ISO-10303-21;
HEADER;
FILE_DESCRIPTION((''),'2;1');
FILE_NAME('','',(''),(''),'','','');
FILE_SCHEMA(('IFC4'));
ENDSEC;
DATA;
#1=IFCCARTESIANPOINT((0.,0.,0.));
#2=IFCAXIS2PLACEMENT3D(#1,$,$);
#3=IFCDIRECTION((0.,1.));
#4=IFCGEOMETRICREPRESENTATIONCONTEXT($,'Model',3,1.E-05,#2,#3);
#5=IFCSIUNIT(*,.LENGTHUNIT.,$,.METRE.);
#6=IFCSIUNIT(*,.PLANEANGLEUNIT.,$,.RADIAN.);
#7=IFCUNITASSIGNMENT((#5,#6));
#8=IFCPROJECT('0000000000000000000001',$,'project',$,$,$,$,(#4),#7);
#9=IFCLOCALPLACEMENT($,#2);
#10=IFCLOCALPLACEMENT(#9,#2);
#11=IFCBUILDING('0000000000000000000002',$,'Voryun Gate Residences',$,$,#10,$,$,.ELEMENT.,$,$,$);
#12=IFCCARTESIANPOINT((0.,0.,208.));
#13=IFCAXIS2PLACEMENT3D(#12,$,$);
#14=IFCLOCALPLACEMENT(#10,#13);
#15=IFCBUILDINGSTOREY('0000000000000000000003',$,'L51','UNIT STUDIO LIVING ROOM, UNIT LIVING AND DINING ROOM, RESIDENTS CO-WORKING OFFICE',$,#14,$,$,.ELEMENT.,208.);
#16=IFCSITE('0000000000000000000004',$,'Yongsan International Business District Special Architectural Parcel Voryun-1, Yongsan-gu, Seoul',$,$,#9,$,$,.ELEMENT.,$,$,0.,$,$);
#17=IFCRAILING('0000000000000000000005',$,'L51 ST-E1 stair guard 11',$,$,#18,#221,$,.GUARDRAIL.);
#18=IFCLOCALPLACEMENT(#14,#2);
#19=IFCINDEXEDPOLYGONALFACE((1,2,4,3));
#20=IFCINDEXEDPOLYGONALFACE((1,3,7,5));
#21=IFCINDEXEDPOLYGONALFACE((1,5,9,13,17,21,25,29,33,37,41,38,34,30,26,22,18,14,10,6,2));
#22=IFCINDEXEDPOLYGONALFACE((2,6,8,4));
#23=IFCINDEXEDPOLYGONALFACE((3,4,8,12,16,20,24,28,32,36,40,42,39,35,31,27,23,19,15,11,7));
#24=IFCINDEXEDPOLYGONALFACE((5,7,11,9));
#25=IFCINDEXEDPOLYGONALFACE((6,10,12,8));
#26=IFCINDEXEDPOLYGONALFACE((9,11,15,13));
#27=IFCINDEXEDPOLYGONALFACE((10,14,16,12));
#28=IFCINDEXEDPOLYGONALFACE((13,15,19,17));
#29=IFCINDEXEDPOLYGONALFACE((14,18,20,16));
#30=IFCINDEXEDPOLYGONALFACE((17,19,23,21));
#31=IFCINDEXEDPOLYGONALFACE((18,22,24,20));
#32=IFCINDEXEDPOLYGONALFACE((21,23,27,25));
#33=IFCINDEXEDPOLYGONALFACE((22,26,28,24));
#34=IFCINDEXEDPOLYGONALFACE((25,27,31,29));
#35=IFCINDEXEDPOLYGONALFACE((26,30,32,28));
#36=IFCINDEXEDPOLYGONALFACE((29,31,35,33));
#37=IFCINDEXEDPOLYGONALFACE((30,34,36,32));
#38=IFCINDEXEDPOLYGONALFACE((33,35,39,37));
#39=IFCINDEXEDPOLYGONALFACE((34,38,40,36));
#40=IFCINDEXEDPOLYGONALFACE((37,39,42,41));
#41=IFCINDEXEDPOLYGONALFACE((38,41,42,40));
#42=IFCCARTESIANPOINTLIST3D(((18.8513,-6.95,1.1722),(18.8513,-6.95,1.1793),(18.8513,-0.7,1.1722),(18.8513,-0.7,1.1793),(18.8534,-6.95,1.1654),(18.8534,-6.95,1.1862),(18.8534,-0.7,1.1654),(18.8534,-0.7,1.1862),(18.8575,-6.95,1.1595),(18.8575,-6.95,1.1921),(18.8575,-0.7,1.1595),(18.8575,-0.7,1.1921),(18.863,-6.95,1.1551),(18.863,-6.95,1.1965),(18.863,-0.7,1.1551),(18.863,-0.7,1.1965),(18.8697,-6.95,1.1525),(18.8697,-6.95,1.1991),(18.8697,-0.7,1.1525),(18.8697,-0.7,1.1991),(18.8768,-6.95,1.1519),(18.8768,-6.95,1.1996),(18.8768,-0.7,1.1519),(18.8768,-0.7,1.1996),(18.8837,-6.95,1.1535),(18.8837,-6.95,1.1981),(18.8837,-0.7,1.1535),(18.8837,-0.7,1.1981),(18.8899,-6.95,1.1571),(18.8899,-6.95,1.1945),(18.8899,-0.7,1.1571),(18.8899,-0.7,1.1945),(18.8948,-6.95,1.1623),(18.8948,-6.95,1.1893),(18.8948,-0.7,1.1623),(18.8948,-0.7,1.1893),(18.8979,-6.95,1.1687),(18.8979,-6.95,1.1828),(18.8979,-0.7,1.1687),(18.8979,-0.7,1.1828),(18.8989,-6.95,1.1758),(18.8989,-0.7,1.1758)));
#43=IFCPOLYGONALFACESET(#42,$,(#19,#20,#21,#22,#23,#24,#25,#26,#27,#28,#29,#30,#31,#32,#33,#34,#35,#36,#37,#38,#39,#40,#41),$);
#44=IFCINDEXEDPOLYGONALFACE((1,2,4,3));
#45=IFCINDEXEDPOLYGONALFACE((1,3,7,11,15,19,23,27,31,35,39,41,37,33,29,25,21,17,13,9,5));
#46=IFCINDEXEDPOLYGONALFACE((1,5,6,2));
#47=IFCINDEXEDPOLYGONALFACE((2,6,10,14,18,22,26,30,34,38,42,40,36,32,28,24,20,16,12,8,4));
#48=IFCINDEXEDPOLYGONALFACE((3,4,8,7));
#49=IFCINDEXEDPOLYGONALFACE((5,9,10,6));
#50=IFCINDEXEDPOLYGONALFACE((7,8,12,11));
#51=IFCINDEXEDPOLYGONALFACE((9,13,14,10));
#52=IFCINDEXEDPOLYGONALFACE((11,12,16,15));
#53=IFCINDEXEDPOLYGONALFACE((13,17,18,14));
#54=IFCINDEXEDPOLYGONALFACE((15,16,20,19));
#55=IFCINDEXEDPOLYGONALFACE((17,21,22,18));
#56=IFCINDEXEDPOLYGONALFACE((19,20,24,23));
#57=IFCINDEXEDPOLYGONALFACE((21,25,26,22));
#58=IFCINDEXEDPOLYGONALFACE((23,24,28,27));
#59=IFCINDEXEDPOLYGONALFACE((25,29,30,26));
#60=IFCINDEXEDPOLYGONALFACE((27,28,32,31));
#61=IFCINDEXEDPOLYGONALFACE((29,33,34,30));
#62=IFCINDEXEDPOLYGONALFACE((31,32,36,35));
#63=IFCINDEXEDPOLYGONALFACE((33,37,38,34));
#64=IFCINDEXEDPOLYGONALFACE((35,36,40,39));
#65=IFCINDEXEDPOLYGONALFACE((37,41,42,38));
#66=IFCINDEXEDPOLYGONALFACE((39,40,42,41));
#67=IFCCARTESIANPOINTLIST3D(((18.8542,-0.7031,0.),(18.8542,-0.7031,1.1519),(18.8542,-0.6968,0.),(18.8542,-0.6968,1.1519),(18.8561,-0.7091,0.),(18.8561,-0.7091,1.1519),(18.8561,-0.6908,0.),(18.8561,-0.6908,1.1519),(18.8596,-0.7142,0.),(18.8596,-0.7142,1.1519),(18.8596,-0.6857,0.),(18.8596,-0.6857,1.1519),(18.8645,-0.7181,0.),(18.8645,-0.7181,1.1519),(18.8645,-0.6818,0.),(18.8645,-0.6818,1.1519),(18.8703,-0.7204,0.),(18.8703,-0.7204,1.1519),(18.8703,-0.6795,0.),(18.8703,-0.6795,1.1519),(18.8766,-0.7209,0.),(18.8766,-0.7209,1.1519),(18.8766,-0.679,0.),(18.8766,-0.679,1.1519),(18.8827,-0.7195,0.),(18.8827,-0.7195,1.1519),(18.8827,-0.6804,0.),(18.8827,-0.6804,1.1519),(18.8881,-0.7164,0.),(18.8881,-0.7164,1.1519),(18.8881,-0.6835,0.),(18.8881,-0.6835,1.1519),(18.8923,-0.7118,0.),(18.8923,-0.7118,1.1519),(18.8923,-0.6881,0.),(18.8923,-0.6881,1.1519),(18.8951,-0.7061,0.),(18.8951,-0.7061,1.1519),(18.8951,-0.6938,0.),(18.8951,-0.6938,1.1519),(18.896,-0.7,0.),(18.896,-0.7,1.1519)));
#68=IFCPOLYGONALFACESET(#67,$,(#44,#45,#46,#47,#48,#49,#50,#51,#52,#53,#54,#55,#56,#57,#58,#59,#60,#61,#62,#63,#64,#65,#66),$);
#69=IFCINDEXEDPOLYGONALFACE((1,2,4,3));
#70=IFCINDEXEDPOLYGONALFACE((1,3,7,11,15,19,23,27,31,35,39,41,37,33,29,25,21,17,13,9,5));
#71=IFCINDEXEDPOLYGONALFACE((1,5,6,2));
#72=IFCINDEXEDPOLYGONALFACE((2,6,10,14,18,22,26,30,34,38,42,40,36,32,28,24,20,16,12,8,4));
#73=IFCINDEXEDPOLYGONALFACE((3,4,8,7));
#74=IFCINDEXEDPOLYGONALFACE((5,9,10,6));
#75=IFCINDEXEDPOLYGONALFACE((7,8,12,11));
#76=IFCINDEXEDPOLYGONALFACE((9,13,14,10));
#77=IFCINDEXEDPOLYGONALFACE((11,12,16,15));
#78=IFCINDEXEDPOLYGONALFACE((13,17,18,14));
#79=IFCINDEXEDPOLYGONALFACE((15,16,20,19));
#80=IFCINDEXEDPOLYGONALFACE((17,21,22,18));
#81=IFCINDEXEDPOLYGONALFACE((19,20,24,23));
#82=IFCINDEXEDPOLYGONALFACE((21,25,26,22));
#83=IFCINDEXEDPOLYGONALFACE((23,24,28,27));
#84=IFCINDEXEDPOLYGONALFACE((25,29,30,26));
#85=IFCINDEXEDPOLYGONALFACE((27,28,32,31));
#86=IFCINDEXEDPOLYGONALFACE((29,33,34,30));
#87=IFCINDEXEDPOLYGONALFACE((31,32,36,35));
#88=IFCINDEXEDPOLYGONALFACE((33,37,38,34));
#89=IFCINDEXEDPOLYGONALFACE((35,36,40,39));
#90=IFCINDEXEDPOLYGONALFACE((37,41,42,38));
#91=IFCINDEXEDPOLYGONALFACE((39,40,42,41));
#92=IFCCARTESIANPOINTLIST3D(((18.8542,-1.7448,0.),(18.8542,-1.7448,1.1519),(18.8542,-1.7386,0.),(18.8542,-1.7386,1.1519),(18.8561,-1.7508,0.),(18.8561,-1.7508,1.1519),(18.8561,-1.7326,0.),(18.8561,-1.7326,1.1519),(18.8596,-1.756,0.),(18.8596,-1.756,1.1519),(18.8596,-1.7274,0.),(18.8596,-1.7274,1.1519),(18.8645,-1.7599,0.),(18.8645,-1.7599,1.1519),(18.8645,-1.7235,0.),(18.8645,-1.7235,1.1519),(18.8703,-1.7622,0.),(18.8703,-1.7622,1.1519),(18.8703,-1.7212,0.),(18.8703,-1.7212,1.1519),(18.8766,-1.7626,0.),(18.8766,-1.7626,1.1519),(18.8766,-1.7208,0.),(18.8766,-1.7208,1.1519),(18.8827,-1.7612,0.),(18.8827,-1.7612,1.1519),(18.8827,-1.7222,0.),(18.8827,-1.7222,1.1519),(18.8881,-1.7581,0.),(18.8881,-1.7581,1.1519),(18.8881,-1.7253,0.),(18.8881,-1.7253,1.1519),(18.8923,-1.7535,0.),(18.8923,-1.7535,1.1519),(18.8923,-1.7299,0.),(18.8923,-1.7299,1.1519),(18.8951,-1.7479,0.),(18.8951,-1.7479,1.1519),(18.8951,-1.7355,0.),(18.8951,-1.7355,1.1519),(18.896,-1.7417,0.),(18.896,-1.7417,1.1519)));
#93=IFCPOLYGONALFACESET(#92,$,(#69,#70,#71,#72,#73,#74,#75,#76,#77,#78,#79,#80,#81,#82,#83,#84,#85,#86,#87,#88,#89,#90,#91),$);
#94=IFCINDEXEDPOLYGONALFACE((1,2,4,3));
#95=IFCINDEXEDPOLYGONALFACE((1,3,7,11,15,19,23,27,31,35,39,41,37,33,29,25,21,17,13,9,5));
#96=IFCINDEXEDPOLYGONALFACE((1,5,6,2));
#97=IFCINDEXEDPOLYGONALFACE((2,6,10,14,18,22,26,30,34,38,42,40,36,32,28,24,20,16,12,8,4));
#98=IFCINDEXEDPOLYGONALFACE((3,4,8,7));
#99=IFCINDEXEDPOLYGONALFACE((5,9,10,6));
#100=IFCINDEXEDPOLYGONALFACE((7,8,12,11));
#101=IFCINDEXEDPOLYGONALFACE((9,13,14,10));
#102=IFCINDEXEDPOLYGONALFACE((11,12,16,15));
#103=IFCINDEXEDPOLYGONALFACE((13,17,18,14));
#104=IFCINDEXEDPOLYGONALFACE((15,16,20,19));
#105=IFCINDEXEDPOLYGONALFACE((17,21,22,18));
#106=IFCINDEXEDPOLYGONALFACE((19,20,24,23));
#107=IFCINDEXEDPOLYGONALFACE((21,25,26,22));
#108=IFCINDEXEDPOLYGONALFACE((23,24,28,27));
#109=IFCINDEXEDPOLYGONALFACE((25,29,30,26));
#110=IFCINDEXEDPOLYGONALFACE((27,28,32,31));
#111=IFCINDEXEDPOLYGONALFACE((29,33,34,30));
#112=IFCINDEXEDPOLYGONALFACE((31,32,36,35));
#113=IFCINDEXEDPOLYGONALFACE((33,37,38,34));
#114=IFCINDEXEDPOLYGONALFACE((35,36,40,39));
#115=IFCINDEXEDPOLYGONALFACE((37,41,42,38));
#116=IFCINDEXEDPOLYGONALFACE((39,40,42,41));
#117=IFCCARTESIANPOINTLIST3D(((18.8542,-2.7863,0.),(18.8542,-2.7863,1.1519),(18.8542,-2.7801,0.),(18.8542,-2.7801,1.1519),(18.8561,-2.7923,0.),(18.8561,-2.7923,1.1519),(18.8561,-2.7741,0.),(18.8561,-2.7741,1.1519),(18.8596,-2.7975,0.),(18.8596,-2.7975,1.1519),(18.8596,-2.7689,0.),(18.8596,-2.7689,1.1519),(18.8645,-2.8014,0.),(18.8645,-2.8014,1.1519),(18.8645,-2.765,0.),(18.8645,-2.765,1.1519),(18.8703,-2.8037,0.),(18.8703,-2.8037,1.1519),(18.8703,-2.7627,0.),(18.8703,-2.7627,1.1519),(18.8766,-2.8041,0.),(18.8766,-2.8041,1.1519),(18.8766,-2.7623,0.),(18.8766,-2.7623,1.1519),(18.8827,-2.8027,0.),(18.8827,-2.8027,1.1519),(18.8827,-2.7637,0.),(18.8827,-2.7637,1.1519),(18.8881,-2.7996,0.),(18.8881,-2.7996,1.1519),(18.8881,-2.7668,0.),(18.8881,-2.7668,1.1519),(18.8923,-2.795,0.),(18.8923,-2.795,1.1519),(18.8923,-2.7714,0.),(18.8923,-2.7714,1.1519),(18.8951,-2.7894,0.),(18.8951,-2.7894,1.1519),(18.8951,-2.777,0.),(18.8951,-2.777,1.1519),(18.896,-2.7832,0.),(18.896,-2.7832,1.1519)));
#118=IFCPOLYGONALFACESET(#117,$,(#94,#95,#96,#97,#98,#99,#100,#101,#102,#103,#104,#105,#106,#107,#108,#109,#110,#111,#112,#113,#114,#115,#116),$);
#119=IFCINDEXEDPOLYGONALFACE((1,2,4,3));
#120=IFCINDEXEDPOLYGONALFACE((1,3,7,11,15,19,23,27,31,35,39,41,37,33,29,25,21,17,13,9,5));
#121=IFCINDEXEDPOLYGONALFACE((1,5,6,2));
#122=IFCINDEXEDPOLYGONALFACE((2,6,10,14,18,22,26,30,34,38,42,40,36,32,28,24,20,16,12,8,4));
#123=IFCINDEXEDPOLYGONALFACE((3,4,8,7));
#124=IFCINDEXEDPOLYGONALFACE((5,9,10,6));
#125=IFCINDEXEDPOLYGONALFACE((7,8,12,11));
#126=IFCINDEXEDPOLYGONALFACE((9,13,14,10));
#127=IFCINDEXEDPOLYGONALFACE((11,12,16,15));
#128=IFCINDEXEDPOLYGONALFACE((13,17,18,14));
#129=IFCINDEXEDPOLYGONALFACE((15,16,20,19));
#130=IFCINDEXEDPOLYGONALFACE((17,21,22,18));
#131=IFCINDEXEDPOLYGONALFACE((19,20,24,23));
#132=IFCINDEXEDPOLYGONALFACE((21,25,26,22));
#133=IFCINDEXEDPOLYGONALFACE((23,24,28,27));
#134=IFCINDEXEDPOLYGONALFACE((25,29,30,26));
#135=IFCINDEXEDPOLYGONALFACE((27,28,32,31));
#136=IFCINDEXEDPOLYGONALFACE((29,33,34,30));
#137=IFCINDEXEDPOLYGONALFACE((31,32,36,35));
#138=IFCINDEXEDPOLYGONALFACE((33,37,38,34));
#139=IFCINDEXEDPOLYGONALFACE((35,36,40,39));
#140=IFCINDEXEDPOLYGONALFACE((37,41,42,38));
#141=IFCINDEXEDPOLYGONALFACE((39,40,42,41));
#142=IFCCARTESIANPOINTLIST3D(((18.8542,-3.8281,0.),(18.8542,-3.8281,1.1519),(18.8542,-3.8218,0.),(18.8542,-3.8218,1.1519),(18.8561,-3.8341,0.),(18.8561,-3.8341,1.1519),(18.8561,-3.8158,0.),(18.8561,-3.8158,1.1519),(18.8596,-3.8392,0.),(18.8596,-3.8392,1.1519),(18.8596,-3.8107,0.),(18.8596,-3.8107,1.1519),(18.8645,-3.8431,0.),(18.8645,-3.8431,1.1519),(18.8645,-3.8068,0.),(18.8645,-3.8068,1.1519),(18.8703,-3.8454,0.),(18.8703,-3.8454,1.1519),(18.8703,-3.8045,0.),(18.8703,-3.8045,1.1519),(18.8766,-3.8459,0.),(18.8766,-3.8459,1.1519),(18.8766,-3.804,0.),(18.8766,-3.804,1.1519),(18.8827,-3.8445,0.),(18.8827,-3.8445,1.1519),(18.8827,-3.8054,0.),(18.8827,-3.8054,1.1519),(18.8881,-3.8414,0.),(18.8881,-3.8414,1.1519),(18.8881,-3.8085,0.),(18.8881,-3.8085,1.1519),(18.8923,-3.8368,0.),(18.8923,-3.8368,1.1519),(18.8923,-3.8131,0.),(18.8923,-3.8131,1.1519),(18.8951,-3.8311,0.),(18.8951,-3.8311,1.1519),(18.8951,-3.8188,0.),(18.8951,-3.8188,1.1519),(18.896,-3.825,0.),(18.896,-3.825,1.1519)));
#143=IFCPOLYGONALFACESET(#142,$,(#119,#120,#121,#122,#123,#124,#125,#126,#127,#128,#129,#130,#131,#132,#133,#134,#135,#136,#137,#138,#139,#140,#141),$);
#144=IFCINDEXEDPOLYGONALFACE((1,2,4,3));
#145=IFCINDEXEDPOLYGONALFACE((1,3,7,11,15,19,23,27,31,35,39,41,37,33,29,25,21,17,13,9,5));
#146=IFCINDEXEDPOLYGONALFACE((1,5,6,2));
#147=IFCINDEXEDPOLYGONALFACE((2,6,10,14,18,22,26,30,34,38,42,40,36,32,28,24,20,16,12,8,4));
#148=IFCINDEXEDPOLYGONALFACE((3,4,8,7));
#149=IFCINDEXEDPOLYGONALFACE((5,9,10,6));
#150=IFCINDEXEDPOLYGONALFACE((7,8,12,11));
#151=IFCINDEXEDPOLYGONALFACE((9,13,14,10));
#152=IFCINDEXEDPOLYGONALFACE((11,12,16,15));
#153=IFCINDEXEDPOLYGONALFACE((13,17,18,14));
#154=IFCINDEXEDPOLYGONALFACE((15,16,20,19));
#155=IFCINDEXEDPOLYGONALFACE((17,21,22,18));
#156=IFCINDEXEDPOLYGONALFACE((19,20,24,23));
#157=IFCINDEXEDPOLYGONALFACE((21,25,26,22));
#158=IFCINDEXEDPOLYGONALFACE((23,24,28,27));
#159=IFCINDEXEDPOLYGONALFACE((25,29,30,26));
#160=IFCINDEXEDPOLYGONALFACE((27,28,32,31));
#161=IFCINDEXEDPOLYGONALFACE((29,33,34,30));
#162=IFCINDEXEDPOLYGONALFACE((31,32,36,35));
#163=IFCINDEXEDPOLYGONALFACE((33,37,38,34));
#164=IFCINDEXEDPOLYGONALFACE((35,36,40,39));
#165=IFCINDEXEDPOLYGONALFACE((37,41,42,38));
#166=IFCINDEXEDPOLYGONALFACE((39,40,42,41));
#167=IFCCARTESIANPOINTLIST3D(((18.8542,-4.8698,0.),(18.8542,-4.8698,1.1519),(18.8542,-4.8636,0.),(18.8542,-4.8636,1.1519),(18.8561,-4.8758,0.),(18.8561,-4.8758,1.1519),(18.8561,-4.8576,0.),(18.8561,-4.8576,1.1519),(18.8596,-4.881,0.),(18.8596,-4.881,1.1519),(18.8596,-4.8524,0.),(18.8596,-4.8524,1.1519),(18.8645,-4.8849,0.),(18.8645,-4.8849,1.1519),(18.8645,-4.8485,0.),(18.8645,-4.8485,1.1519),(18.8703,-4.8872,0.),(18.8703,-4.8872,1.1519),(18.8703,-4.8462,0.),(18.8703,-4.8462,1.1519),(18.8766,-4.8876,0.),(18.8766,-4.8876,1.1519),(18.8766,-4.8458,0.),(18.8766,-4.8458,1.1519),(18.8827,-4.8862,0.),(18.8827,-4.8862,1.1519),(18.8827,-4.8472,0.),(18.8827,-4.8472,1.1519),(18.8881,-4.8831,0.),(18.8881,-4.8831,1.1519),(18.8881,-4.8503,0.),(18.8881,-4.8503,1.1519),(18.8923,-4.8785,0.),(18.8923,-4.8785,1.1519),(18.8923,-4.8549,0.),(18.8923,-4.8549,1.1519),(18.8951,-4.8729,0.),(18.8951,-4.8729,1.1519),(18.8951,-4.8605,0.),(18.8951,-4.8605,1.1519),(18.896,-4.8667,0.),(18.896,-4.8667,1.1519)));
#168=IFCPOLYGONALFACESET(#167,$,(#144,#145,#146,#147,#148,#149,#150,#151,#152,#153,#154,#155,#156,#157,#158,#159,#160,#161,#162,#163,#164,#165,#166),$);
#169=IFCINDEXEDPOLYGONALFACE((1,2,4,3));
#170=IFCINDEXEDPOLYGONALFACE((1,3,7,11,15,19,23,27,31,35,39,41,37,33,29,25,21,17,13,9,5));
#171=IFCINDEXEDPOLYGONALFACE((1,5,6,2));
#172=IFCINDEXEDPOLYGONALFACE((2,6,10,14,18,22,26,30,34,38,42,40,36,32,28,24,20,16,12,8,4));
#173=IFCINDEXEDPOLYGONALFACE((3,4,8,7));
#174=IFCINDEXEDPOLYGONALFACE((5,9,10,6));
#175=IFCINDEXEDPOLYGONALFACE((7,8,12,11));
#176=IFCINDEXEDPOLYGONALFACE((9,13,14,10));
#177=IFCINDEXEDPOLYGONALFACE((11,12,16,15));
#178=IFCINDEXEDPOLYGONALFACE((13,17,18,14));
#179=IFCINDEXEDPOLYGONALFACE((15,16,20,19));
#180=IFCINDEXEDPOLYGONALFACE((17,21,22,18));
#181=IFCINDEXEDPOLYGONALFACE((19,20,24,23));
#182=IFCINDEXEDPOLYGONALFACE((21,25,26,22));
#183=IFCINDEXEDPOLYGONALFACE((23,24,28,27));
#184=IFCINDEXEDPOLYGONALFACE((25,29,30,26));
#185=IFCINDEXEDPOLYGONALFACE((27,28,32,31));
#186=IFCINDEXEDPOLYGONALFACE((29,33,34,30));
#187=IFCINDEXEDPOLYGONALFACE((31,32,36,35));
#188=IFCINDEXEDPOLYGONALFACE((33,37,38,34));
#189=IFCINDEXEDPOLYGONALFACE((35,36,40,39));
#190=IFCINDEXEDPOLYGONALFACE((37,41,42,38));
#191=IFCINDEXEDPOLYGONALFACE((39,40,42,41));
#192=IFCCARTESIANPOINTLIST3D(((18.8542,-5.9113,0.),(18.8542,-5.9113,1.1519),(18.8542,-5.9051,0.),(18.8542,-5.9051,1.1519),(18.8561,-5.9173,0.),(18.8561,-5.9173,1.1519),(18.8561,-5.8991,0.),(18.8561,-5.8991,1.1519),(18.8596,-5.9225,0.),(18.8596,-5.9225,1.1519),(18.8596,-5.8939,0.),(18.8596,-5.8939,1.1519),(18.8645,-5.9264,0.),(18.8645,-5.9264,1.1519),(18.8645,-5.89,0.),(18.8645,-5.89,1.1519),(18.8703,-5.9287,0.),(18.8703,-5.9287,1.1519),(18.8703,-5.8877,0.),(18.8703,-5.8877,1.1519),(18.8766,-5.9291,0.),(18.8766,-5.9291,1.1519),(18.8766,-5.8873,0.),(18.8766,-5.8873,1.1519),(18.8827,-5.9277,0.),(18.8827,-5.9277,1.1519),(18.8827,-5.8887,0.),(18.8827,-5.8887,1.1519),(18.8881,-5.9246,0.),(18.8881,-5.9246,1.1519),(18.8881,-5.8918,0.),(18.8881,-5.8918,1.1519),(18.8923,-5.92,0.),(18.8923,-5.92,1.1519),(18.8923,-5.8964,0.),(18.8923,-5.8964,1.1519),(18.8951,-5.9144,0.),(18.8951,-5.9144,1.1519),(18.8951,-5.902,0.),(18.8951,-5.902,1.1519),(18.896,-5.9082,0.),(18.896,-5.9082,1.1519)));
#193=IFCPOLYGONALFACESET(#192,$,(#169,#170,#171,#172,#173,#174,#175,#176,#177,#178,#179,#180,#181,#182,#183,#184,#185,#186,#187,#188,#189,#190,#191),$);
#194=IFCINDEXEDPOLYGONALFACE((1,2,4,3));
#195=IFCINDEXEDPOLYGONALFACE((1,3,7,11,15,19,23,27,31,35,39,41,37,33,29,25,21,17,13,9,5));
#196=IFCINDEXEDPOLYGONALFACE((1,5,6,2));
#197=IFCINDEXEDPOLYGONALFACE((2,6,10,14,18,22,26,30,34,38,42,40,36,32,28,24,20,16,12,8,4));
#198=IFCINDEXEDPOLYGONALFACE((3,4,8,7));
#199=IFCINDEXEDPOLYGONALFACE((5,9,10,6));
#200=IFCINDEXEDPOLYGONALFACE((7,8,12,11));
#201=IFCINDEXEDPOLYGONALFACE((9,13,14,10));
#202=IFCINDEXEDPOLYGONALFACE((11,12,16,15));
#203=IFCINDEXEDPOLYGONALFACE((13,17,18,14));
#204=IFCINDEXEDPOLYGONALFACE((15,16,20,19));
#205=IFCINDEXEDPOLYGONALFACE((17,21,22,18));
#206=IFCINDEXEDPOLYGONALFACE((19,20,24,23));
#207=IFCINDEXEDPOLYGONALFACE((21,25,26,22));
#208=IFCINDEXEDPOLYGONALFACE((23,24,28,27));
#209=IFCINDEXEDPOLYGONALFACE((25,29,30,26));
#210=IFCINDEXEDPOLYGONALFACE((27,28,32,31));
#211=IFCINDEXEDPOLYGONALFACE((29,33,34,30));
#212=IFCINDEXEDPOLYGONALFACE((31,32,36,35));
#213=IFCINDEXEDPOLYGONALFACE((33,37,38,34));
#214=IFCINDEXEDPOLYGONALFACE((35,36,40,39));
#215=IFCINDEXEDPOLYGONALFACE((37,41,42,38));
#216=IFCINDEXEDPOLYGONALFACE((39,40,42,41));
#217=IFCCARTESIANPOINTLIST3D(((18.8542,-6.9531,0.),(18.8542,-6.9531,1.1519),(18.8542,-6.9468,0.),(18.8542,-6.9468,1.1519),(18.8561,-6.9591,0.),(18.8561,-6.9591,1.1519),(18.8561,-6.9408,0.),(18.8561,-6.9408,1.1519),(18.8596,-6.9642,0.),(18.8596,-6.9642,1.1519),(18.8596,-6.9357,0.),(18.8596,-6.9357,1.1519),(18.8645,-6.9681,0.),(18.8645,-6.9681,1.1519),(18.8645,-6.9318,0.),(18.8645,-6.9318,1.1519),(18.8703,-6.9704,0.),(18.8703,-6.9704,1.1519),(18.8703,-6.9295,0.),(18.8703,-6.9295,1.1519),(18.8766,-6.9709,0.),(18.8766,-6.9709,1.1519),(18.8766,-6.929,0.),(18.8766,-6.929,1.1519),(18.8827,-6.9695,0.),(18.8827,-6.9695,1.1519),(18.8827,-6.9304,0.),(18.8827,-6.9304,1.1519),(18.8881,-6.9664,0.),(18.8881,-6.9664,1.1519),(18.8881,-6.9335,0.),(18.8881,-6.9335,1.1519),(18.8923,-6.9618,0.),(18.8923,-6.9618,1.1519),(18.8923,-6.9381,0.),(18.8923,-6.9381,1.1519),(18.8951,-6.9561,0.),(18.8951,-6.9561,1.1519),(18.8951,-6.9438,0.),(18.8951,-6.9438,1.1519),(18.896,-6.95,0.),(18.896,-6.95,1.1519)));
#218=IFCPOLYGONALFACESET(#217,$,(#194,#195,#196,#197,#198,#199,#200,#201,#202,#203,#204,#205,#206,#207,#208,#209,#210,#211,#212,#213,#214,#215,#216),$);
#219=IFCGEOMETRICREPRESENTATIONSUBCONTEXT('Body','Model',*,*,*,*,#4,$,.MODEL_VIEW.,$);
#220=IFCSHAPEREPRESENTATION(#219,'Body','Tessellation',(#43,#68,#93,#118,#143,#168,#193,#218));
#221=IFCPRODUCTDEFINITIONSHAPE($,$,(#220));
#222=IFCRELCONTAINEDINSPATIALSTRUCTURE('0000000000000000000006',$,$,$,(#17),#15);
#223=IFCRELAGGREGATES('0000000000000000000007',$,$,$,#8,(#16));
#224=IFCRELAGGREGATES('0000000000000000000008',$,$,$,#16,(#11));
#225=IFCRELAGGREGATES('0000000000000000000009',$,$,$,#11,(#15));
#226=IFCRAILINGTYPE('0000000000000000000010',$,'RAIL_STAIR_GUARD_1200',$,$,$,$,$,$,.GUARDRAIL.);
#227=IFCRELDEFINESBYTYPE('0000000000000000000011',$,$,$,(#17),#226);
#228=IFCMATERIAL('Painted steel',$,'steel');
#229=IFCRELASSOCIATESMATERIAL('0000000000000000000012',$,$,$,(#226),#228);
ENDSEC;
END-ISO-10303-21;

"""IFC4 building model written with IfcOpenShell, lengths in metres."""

from ifc_helpers import new_model, si_unit, direction, frame, origin, origin_2d, place, context, subcontext, project, spatial, circle, extrude, material, type_object, element, save


model = new_model("IFC4")

# Units and contexts
model_context = context("Model", 3, precision=1e-05, world=origin(), true_north=direction((0.0, 1.0)))
body_context = subcontext(model_context, "Body", "Model", "MODEL_VIEW")
ifc_project = project(units=[si_unit("LENGTHUNIT", "METRE"), si_unit("PLANEANGLEUNIT", "RADIAN")], contexts=[model_context])

# Site, building, storey
site_placement = place(None, origin())
site = spatial("IfcSite", under=ifc_project, at=site_placement, Name="Yongsan International Business District Special Architectural Parcel Voryun-1, Yongsan-gu, Seoul", CompositionType="ELEMENT", RefElevation=0.0)
building_placement = place(site_placement, origin())
building = spatial("IfcBuilding", under=site, at=building_placement, Name="Voryun Gate Residences", CompositionType="ELEMENT")
storey_placement = place(building_placement, frame((0.0, 0.0, 208.0)))
storey = spatial("IfcBuildingStorey", under=building, at=storey_placement, Name="L51", Description="UNIT STUDIO LIVING ROOM, UNIT LIVING AND DINING ROOM, RESIDENTS CO-WORKING OFFICE", CompositionType="ELEMENT", Elevation=208.0)

# Railing
ifc_material_1 = material(Name="Painted steel", Category="steel")
railing_type_1 = type_object("IfcRailingType", Name="RAIL_STAIR_GUARD_1200", PredefinedType="GUARDRAIL", material=ifc_material_1)
railing_1_placement = place(storey_placement, frame((18.875, -0.7, 0.0)))
element("IfcRailing", 1, at=railing_1_placement, inside=storey, type_object=railing_type_1, Name="L51 ST-E1 stair guard 11", PredefinedType="GUARDRAIL", context=body_context, shape_type="SweptSolid", body=[
    extrude(circle(Radius=0.0239, at=origin_2d()), frame((0.0, 0.0, 1.1758), z_axis=(0.0, -1.0, 0.0), x_axis=(1.0, 0.0, 0.0)), (0.0, 0.0, 1.0), 6.25),
    extrude(circle(Radius=0.021, at=origin_2d()), origin(), (0.0, 0.0, 1.0), 1.1519),
    extrude(circle(Radius=0.021, at=origin_2d()), frame((0.0, -1.0417, 0.0)), (0.0, 0.0, 1.0), 1.1519),
    extrude(circle(Radius=0.021, at=origin_2d()), frame((0.0, -2.0833, 0.0)), (0.0, 0.0, 1.0), 1.1519),
    extrude(circle(Radius=0.021, at=origin_2d()), frame((0.0, -3.125, 0.0)), (0.0, 0.0, 1.0), 1.1519),
    extrude(circle(Radius=0.021, at=origin_2d()), frame((0.0, -4.1667, 0.0)), (0.0, 0.0, 1.0), 1.1519),
    extrude(circle(Radius=0.021, at=origin_2d()), frame((0.0, -5.2083, 0.0)), (0.0, 0.0, 1.0), 1.1519),
    extrude(circle(Radius=0.021, at=origin_2d()), frame((0.0, -6.25, 0.0)), (0.0, 0.0, 1.0), 1.1519),
])

save(model, "model.ifc")
